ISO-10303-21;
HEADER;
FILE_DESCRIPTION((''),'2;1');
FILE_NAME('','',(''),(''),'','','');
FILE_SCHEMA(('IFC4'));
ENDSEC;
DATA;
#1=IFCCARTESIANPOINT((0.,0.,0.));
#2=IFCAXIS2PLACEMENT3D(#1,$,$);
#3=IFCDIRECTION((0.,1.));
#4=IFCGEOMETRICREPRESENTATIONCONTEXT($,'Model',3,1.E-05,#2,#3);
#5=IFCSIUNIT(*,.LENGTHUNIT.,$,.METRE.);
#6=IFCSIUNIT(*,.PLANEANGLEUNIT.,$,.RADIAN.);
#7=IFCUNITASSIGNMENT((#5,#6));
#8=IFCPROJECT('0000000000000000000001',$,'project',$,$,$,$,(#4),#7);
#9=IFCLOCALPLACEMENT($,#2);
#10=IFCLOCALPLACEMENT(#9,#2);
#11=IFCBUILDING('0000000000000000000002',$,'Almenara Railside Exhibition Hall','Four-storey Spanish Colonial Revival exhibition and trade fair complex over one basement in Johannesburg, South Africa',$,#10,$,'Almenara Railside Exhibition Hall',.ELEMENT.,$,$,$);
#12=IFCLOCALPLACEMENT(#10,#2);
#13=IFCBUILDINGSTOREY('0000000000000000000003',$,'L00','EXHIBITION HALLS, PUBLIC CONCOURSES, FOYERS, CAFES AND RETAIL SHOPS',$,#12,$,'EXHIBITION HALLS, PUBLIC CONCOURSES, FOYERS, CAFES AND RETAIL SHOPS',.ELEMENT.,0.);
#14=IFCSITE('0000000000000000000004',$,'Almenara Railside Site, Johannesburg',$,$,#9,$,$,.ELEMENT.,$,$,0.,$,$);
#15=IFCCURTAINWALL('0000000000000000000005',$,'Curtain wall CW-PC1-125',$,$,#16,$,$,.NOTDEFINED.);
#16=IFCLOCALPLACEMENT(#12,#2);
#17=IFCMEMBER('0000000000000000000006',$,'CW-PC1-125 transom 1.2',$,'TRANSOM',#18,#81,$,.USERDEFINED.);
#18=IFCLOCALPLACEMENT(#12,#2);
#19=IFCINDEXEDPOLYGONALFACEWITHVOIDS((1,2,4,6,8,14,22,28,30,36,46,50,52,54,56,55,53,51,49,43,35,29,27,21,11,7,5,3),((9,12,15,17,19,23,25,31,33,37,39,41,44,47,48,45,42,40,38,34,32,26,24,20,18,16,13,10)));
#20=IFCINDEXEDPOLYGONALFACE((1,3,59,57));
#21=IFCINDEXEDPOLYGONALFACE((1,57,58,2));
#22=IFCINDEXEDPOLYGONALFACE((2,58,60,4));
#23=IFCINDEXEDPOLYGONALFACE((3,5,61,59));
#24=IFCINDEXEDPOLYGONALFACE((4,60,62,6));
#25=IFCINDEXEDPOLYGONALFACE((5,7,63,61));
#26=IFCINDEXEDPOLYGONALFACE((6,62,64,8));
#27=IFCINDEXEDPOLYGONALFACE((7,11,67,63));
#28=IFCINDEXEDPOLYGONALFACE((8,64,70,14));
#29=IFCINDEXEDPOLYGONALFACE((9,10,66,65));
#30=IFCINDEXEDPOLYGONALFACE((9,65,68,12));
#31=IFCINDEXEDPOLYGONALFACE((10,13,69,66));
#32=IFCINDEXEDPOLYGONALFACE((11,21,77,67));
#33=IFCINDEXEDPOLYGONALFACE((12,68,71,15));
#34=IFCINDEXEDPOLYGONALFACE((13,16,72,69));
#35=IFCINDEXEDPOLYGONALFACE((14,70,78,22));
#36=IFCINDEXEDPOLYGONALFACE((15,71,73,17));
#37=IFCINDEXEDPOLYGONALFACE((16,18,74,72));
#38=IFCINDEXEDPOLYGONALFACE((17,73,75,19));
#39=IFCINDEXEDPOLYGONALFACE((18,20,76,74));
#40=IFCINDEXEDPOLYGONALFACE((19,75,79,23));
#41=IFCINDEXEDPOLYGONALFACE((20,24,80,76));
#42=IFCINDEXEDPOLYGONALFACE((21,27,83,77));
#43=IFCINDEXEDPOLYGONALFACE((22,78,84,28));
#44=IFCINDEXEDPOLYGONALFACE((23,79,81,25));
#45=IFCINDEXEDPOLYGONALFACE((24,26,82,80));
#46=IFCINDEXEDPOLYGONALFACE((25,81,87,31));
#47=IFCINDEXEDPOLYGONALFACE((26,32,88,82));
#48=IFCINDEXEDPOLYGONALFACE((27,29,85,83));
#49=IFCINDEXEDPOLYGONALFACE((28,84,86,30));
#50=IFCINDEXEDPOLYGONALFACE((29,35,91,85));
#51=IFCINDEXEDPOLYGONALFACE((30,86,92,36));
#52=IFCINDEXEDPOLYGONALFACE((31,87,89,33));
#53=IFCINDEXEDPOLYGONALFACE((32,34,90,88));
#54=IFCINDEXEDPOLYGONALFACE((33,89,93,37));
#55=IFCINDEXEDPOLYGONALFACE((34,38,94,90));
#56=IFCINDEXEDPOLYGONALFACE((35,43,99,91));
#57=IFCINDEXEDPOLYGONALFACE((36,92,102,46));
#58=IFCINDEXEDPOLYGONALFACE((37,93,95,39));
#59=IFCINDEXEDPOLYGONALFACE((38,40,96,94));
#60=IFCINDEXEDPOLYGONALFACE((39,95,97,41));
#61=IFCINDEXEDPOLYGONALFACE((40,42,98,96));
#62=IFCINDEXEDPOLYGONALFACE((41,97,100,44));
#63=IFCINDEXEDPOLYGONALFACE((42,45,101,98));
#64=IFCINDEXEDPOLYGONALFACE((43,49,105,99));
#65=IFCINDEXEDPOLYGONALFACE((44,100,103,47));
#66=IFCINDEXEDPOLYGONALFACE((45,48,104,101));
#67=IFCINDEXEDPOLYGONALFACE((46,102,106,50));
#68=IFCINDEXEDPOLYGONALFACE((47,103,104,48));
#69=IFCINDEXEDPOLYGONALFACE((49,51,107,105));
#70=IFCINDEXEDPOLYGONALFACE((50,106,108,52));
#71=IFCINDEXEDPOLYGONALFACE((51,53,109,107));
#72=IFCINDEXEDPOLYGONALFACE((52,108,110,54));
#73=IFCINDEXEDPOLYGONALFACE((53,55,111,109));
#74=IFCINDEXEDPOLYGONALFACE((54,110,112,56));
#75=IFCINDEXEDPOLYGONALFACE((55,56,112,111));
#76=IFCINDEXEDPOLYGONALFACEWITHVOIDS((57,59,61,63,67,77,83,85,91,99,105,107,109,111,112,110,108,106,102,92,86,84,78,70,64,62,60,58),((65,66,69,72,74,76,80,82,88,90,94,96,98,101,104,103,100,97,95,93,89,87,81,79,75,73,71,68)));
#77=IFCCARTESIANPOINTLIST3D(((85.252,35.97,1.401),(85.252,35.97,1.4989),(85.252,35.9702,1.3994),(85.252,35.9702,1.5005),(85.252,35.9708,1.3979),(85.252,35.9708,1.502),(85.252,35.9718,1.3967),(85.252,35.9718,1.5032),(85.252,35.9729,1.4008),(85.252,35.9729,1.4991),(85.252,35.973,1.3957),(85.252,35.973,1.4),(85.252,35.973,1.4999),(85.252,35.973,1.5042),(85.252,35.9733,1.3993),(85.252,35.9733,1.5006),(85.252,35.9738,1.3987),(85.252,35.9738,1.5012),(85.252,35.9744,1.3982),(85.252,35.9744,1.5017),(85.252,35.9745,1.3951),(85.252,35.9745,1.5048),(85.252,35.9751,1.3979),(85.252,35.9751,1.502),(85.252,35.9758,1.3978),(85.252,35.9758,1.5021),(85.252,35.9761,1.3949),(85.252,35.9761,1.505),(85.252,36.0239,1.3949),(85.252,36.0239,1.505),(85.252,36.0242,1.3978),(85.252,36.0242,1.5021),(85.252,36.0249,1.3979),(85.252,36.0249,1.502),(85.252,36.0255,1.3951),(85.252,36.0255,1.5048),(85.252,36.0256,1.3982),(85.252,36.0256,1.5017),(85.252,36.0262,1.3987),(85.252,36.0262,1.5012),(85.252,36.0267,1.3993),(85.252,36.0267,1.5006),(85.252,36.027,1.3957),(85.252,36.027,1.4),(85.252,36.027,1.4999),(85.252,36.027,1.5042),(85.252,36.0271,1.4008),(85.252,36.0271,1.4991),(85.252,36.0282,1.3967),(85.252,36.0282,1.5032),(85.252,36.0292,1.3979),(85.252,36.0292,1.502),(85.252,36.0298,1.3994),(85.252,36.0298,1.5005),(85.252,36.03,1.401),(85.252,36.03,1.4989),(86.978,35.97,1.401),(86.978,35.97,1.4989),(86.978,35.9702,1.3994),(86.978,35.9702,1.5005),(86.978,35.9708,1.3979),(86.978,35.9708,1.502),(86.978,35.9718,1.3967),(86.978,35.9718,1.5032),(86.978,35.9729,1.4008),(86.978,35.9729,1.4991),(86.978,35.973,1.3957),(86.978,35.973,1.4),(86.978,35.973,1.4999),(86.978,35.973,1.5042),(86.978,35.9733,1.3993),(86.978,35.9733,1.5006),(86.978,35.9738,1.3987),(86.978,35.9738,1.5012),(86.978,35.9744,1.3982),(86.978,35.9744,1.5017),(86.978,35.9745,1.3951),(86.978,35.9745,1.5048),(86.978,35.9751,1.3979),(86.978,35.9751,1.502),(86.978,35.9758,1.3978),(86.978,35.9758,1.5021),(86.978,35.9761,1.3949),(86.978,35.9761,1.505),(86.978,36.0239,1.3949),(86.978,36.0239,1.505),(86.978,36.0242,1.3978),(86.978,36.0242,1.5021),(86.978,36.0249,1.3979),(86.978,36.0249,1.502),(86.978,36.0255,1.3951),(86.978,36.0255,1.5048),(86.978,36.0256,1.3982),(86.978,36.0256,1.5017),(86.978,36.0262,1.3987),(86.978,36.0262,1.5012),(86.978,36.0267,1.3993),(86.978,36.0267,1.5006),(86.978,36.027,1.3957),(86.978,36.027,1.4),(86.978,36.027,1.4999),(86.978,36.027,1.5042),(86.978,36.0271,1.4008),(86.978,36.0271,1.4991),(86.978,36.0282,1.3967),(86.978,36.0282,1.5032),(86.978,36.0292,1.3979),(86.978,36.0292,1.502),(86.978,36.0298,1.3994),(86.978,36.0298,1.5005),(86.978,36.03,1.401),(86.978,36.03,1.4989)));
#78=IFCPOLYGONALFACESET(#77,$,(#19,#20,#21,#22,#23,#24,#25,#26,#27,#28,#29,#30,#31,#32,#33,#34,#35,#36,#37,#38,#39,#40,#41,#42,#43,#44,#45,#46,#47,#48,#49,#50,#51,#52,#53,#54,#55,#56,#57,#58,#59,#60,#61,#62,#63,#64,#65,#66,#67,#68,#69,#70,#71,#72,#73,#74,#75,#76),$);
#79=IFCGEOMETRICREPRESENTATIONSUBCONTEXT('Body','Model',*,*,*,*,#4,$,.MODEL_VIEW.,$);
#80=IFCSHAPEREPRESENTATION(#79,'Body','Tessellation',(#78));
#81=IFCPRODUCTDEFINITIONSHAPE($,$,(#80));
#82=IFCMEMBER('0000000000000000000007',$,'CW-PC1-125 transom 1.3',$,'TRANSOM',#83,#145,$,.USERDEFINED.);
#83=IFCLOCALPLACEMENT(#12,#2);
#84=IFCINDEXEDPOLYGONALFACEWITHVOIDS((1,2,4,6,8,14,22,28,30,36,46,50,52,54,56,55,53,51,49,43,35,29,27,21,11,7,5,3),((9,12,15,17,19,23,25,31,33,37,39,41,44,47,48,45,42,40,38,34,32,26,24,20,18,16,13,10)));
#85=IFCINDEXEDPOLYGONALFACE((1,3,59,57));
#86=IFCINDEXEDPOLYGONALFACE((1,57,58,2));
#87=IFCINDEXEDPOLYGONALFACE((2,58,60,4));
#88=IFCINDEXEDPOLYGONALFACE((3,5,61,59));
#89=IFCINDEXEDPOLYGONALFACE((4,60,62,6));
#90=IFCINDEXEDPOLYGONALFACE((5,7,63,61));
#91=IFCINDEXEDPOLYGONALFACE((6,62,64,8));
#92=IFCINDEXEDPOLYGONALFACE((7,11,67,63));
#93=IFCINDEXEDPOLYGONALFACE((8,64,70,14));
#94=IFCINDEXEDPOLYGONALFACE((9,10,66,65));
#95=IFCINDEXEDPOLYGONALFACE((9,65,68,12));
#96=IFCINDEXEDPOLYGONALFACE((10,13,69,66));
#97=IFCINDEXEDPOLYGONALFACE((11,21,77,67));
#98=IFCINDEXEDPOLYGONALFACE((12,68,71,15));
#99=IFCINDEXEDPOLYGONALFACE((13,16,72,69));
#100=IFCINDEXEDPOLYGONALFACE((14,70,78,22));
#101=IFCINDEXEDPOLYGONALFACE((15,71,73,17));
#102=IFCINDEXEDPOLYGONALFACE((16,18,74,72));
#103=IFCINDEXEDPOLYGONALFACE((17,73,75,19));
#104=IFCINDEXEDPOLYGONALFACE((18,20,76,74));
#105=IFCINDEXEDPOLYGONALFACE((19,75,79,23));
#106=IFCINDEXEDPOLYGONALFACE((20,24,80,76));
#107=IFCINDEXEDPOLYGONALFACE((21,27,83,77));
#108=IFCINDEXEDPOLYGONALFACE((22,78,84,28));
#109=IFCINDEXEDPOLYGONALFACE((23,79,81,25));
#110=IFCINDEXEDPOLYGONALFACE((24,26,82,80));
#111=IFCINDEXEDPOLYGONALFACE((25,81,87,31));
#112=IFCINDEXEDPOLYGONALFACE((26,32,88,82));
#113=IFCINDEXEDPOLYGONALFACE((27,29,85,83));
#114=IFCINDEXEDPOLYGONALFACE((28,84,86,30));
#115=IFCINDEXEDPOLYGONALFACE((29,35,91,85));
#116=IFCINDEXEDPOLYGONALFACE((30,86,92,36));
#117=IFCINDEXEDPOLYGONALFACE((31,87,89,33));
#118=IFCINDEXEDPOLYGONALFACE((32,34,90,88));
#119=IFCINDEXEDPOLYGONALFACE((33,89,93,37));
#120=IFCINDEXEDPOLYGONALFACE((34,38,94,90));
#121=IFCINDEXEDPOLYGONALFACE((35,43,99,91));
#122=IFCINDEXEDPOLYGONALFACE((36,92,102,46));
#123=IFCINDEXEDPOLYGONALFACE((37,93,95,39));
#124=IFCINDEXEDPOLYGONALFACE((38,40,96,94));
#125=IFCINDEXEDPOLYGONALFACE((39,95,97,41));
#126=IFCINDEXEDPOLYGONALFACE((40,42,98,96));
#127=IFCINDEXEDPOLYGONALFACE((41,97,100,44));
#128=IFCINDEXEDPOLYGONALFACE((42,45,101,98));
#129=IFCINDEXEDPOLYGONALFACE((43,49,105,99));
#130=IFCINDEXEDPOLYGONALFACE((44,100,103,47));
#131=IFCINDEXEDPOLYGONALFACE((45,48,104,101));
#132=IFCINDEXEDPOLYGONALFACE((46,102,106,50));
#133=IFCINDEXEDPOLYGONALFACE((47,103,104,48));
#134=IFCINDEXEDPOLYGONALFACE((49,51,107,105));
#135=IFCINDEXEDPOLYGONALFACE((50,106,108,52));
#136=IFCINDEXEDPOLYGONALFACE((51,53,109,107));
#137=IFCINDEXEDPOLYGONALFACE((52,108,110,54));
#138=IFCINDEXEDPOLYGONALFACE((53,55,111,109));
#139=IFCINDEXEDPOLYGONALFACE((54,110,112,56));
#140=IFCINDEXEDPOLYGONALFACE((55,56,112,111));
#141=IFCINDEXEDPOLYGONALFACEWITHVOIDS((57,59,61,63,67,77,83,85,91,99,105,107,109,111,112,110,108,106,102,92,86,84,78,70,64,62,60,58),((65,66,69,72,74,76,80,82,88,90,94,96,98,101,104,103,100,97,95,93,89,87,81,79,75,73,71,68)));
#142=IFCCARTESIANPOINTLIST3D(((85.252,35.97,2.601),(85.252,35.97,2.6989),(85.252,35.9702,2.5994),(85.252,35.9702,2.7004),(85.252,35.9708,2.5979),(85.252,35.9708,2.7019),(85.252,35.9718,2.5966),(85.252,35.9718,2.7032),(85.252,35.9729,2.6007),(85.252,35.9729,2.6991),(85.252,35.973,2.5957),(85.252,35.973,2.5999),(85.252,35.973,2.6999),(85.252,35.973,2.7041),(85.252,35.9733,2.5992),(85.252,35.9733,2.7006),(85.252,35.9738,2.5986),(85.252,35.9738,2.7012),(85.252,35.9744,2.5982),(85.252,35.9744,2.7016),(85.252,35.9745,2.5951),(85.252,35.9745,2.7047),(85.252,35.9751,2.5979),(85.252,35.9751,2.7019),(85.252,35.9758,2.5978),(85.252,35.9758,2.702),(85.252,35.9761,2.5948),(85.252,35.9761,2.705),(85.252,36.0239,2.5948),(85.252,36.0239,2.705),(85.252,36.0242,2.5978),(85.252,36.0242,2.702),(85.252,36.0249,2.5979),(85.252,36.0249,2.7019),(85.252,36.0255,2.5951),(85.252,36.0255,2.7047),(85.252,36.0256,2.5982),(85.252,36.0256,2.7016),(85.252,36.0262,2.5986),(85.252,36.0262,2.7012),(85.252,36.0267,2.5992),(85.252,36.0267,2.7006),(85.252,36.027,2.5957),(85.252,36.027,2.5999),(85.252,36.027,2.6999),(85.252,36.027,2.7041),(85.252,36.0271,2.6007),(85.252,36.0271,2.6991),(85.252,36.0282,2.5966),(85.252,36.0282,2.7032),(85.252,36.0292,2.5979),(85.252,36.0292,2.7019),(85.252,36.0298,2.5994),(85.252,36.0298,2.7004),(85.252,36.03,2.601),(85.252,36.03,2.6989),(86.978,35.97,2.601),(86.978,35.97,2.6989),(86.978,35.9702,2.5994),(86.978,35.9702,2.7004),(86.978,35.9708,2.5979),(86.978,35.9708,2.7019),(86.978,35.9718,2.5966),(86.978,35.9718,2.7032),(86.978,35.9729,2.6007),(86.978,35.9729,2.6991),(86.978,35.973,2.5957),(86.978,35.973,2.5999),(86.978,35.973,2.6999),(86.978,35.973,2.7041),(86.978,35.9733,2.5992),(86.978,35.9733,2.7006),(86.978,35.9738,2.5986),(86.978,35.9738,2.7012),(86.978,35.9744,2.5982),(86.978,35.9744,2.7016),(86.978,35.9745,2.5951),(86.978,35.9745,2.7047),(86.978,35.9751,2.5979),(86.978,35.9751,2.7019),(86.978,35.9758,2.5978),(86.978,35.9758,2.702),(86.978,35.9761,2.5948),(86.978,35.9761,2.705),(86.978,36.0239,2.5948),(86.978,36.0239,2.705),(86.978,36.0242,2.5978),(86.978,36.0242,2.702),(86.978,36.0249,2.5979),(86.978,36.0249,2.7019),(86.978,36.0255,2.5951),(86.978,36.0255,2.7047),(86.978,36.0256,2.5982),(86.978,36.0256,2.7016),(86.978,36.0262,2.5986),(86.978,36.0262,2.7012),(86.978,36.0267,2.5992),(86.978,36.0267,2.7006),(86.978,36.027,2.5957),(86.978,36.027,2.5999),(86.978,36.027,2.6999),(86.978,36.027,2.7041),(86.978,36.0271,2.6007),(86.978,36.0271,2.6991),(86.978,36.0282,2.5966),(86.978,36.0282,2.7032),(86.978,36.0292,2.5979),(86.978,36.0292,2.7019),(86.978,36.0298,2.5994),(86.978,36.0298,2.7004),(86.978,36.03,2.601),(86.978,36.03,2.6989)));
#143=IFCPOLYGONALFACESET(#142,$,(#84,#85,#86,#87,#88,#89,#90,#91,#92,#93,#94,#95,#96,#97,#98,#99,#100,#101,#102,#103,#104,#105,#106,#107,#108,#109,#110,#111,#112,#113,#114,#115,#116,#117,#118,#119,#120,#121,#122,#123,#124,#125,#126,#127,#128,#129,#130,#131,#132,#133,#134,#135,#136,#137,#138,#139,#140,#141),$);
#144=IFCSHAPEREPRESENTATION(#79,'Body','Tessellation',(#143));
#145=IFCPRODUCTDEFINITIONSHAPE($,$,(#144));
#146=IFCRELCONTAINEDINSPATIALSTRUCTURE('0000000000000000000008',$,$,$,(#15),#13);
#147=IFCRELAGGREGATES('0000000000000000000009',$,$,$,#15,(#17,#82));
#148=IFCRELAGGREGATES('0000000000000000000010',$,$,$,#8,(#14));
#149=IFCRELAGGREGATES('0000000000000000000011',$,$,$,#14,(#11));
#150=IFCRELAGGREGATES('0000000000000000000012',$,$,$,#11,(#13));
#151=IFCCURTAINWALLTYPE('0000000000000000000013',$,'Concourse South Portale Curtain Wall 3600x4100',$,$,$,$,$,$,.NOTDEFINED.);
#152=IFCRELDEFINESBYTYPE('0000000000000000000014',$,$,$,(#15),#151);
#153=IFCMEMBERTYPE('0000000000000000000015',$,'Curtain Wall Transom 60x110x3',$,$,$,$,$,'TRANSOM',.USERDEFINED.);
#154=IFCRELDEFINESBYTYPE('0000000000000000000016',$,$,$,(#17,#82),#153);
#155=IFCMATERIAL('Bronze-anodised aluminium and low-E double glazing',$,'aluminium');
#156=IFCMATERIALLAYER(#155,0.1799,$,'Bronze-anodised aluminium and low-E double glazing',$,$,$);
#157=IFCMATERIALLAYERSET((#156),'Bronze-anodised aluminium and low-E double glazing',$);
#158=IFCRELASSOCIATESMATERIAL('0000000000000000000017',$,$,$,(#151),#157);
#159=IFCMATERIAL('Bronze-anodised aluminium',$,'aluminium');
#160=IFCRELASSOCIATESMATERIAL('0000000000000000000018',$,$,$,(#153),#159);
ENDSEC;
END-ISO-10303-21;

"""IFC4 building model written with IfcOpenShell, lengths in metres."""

from ifc_helpers import new_model, si_unit, direction, frame, origin, origin_2d, place, context, subcontext, project, spatial, hollow_rectangle, extrude, material, layer, layer_set, material_profile, profile_set, type_object, element, aggregate, save


model = new_model("IFC4")

# Units and contexts
model_context = context("Model", 3, precision=1e-05, world=origin(), true_north=direction((0.0, 1.0)))
body_context = subcontext(model_context, "Body", "Model", "MODEL_VIEW")
ifc_project = project(units=[si_unit("LENGTHUNIT", "METRE"), si_unit("PLANEANGLEUNIT", "RADIAN")], contexts=[model_context])

# Site, building, storey
site_placement = place(None, origin())
site = spatial("IfcSite", under=ifc_project, at=site_placement, Name="Almenara Railside Site, Johannesburg", CompositionType="ELEMENT", RefElevation=0.0)
building_placement = place(site_placement, origin())
building = spatial("IfcBuilding", under=site, at=building_placement, Name="Almenara Railside Exhibition Hall", Description="Four-storey Spanish Colonial Revival exhibition and trade fair complex over one basement in Johannesburg, South Africa", LongName="Almenara Railside Exhibition Hall", CompositionType="ELEMENT")
storey_placement = place(building_placement, origin())
storey = spatial("IfcBuildingStorey", under=building, at=storey_placement, Name="L00", Description="EXHIBITION HALLS, PUBLIC CONCOURSES, FOYERS, CAFES AND RETAIL SHOPS", LongName="EXHIBITION HALLS, PUBLIC CONCOURSES, FOYERS, CAFES AND RETAIL SHOPS", CompositionType="ELEMENT", Elevation=0.0)

# Curtain wall, members
ifc_material_1 = material(Name="Bronze-anodised aluminium and low-E double glazing", Category="aluminium")
ifc_layer_1 = layer(ifc_material_1, 0.1799, Name="Bronze-anodised aluminium and low-E double glazing")
ifc_layer_set_1 = layer_set([ifc_layer_1], Name="Bronze-anodised aluminium and low-E double glazing")
curtain_wall_type = type_object("IfcCurtainWallType", Name="Concourse South Portale Curtain Wall 3600x4100", PredefinedType="NOTDEFINED", material=ifc_layer_set_1)
curtain_wall_placement = place(storey_placement, origin())
curtain_wall = element("IfcCurtainWall", 1, at=curtain_wall_placement, inside=storey, type_object=curtain_wall_type, Name="Curtain wall CW-PC1-125", PredefinedType="NOTDEFINED")
ifc_material_2 = material(Name="Bronze-anodised aluminium", Category="aluminium")
ifc_material_profile_1 = material_profile(ifc_material_2, hollow_rectangle(XDim=0.0601, YDim=0.1101, WallThickness=0.0029, InnerFilletRadius=0.0029, OuterFilletRadius=0.0061, at=origin_2d()), Name="ALU-TRN 60x110x3")
ifc_profile_set_1 = profile_set([ifc_material_profile_1], Name="Bronze-anodised aluminium")
member_type_1 = type_object("IfcMemberType", Name="Curtain Wall Transom 60x110x3", ElementType="TRANSOM", PredefinedType="USERDEFINED", material=ifc_profile_set_1)
member_1_placement = place(storey_placement, frame((85.252, 36.0, 1.45), z_axis=(1.0, 0.0, 0.0), x_axis=(0.0, 1.0, 0.0)))
member_1 = element("IfcMember", 2, at=member_1_placement, type_object=member_type_1, Name="CW-PC1-125 transom 1.2", ObjectType="TRANSOM", PredefinedType="USERDEFINED", context=body_context, shape_type="SweptSolid", body=[
    extrude(hollow_rectangle(XDim=0.0601, YDim=0.1101, WallThickness=0.0029, InnerFilletRadius=0.0029, OuterFilletRadius=0.0061, at=origin_2d()), origin(), (0.0, 0.0, 1.0), 1.7261),
])
member_2_placement = place(storey_placement, frame((85.252, 36.0, 2.6499), z_axis=(1.0, 0.0, 0.0), x_axis=(0.0, 1.0, 0.0)))
member_2 = element("IfcMember", 3, at=member_2_placement, type_object=member_type_1, Name="CW-PC1-125 transom 1.3", ObjectType="TRANSOM", PredefinedType="USERDEFINED", context=body_context, shape_type="SweptSolid", body=[
    extrude(hollow_rectangle(XDim=0.0601, YDim=0.1101, WallThickness=0.0029, InnerFilletRadius=0.0029, OuterFilletRadius=0.0061, at=origin_2d()), origin(), (0.0, 0.0, 1.0), 1.7261),
])

aggregate(curtain_wall, [member_1, member_2])

save(model, "model.ifc")
